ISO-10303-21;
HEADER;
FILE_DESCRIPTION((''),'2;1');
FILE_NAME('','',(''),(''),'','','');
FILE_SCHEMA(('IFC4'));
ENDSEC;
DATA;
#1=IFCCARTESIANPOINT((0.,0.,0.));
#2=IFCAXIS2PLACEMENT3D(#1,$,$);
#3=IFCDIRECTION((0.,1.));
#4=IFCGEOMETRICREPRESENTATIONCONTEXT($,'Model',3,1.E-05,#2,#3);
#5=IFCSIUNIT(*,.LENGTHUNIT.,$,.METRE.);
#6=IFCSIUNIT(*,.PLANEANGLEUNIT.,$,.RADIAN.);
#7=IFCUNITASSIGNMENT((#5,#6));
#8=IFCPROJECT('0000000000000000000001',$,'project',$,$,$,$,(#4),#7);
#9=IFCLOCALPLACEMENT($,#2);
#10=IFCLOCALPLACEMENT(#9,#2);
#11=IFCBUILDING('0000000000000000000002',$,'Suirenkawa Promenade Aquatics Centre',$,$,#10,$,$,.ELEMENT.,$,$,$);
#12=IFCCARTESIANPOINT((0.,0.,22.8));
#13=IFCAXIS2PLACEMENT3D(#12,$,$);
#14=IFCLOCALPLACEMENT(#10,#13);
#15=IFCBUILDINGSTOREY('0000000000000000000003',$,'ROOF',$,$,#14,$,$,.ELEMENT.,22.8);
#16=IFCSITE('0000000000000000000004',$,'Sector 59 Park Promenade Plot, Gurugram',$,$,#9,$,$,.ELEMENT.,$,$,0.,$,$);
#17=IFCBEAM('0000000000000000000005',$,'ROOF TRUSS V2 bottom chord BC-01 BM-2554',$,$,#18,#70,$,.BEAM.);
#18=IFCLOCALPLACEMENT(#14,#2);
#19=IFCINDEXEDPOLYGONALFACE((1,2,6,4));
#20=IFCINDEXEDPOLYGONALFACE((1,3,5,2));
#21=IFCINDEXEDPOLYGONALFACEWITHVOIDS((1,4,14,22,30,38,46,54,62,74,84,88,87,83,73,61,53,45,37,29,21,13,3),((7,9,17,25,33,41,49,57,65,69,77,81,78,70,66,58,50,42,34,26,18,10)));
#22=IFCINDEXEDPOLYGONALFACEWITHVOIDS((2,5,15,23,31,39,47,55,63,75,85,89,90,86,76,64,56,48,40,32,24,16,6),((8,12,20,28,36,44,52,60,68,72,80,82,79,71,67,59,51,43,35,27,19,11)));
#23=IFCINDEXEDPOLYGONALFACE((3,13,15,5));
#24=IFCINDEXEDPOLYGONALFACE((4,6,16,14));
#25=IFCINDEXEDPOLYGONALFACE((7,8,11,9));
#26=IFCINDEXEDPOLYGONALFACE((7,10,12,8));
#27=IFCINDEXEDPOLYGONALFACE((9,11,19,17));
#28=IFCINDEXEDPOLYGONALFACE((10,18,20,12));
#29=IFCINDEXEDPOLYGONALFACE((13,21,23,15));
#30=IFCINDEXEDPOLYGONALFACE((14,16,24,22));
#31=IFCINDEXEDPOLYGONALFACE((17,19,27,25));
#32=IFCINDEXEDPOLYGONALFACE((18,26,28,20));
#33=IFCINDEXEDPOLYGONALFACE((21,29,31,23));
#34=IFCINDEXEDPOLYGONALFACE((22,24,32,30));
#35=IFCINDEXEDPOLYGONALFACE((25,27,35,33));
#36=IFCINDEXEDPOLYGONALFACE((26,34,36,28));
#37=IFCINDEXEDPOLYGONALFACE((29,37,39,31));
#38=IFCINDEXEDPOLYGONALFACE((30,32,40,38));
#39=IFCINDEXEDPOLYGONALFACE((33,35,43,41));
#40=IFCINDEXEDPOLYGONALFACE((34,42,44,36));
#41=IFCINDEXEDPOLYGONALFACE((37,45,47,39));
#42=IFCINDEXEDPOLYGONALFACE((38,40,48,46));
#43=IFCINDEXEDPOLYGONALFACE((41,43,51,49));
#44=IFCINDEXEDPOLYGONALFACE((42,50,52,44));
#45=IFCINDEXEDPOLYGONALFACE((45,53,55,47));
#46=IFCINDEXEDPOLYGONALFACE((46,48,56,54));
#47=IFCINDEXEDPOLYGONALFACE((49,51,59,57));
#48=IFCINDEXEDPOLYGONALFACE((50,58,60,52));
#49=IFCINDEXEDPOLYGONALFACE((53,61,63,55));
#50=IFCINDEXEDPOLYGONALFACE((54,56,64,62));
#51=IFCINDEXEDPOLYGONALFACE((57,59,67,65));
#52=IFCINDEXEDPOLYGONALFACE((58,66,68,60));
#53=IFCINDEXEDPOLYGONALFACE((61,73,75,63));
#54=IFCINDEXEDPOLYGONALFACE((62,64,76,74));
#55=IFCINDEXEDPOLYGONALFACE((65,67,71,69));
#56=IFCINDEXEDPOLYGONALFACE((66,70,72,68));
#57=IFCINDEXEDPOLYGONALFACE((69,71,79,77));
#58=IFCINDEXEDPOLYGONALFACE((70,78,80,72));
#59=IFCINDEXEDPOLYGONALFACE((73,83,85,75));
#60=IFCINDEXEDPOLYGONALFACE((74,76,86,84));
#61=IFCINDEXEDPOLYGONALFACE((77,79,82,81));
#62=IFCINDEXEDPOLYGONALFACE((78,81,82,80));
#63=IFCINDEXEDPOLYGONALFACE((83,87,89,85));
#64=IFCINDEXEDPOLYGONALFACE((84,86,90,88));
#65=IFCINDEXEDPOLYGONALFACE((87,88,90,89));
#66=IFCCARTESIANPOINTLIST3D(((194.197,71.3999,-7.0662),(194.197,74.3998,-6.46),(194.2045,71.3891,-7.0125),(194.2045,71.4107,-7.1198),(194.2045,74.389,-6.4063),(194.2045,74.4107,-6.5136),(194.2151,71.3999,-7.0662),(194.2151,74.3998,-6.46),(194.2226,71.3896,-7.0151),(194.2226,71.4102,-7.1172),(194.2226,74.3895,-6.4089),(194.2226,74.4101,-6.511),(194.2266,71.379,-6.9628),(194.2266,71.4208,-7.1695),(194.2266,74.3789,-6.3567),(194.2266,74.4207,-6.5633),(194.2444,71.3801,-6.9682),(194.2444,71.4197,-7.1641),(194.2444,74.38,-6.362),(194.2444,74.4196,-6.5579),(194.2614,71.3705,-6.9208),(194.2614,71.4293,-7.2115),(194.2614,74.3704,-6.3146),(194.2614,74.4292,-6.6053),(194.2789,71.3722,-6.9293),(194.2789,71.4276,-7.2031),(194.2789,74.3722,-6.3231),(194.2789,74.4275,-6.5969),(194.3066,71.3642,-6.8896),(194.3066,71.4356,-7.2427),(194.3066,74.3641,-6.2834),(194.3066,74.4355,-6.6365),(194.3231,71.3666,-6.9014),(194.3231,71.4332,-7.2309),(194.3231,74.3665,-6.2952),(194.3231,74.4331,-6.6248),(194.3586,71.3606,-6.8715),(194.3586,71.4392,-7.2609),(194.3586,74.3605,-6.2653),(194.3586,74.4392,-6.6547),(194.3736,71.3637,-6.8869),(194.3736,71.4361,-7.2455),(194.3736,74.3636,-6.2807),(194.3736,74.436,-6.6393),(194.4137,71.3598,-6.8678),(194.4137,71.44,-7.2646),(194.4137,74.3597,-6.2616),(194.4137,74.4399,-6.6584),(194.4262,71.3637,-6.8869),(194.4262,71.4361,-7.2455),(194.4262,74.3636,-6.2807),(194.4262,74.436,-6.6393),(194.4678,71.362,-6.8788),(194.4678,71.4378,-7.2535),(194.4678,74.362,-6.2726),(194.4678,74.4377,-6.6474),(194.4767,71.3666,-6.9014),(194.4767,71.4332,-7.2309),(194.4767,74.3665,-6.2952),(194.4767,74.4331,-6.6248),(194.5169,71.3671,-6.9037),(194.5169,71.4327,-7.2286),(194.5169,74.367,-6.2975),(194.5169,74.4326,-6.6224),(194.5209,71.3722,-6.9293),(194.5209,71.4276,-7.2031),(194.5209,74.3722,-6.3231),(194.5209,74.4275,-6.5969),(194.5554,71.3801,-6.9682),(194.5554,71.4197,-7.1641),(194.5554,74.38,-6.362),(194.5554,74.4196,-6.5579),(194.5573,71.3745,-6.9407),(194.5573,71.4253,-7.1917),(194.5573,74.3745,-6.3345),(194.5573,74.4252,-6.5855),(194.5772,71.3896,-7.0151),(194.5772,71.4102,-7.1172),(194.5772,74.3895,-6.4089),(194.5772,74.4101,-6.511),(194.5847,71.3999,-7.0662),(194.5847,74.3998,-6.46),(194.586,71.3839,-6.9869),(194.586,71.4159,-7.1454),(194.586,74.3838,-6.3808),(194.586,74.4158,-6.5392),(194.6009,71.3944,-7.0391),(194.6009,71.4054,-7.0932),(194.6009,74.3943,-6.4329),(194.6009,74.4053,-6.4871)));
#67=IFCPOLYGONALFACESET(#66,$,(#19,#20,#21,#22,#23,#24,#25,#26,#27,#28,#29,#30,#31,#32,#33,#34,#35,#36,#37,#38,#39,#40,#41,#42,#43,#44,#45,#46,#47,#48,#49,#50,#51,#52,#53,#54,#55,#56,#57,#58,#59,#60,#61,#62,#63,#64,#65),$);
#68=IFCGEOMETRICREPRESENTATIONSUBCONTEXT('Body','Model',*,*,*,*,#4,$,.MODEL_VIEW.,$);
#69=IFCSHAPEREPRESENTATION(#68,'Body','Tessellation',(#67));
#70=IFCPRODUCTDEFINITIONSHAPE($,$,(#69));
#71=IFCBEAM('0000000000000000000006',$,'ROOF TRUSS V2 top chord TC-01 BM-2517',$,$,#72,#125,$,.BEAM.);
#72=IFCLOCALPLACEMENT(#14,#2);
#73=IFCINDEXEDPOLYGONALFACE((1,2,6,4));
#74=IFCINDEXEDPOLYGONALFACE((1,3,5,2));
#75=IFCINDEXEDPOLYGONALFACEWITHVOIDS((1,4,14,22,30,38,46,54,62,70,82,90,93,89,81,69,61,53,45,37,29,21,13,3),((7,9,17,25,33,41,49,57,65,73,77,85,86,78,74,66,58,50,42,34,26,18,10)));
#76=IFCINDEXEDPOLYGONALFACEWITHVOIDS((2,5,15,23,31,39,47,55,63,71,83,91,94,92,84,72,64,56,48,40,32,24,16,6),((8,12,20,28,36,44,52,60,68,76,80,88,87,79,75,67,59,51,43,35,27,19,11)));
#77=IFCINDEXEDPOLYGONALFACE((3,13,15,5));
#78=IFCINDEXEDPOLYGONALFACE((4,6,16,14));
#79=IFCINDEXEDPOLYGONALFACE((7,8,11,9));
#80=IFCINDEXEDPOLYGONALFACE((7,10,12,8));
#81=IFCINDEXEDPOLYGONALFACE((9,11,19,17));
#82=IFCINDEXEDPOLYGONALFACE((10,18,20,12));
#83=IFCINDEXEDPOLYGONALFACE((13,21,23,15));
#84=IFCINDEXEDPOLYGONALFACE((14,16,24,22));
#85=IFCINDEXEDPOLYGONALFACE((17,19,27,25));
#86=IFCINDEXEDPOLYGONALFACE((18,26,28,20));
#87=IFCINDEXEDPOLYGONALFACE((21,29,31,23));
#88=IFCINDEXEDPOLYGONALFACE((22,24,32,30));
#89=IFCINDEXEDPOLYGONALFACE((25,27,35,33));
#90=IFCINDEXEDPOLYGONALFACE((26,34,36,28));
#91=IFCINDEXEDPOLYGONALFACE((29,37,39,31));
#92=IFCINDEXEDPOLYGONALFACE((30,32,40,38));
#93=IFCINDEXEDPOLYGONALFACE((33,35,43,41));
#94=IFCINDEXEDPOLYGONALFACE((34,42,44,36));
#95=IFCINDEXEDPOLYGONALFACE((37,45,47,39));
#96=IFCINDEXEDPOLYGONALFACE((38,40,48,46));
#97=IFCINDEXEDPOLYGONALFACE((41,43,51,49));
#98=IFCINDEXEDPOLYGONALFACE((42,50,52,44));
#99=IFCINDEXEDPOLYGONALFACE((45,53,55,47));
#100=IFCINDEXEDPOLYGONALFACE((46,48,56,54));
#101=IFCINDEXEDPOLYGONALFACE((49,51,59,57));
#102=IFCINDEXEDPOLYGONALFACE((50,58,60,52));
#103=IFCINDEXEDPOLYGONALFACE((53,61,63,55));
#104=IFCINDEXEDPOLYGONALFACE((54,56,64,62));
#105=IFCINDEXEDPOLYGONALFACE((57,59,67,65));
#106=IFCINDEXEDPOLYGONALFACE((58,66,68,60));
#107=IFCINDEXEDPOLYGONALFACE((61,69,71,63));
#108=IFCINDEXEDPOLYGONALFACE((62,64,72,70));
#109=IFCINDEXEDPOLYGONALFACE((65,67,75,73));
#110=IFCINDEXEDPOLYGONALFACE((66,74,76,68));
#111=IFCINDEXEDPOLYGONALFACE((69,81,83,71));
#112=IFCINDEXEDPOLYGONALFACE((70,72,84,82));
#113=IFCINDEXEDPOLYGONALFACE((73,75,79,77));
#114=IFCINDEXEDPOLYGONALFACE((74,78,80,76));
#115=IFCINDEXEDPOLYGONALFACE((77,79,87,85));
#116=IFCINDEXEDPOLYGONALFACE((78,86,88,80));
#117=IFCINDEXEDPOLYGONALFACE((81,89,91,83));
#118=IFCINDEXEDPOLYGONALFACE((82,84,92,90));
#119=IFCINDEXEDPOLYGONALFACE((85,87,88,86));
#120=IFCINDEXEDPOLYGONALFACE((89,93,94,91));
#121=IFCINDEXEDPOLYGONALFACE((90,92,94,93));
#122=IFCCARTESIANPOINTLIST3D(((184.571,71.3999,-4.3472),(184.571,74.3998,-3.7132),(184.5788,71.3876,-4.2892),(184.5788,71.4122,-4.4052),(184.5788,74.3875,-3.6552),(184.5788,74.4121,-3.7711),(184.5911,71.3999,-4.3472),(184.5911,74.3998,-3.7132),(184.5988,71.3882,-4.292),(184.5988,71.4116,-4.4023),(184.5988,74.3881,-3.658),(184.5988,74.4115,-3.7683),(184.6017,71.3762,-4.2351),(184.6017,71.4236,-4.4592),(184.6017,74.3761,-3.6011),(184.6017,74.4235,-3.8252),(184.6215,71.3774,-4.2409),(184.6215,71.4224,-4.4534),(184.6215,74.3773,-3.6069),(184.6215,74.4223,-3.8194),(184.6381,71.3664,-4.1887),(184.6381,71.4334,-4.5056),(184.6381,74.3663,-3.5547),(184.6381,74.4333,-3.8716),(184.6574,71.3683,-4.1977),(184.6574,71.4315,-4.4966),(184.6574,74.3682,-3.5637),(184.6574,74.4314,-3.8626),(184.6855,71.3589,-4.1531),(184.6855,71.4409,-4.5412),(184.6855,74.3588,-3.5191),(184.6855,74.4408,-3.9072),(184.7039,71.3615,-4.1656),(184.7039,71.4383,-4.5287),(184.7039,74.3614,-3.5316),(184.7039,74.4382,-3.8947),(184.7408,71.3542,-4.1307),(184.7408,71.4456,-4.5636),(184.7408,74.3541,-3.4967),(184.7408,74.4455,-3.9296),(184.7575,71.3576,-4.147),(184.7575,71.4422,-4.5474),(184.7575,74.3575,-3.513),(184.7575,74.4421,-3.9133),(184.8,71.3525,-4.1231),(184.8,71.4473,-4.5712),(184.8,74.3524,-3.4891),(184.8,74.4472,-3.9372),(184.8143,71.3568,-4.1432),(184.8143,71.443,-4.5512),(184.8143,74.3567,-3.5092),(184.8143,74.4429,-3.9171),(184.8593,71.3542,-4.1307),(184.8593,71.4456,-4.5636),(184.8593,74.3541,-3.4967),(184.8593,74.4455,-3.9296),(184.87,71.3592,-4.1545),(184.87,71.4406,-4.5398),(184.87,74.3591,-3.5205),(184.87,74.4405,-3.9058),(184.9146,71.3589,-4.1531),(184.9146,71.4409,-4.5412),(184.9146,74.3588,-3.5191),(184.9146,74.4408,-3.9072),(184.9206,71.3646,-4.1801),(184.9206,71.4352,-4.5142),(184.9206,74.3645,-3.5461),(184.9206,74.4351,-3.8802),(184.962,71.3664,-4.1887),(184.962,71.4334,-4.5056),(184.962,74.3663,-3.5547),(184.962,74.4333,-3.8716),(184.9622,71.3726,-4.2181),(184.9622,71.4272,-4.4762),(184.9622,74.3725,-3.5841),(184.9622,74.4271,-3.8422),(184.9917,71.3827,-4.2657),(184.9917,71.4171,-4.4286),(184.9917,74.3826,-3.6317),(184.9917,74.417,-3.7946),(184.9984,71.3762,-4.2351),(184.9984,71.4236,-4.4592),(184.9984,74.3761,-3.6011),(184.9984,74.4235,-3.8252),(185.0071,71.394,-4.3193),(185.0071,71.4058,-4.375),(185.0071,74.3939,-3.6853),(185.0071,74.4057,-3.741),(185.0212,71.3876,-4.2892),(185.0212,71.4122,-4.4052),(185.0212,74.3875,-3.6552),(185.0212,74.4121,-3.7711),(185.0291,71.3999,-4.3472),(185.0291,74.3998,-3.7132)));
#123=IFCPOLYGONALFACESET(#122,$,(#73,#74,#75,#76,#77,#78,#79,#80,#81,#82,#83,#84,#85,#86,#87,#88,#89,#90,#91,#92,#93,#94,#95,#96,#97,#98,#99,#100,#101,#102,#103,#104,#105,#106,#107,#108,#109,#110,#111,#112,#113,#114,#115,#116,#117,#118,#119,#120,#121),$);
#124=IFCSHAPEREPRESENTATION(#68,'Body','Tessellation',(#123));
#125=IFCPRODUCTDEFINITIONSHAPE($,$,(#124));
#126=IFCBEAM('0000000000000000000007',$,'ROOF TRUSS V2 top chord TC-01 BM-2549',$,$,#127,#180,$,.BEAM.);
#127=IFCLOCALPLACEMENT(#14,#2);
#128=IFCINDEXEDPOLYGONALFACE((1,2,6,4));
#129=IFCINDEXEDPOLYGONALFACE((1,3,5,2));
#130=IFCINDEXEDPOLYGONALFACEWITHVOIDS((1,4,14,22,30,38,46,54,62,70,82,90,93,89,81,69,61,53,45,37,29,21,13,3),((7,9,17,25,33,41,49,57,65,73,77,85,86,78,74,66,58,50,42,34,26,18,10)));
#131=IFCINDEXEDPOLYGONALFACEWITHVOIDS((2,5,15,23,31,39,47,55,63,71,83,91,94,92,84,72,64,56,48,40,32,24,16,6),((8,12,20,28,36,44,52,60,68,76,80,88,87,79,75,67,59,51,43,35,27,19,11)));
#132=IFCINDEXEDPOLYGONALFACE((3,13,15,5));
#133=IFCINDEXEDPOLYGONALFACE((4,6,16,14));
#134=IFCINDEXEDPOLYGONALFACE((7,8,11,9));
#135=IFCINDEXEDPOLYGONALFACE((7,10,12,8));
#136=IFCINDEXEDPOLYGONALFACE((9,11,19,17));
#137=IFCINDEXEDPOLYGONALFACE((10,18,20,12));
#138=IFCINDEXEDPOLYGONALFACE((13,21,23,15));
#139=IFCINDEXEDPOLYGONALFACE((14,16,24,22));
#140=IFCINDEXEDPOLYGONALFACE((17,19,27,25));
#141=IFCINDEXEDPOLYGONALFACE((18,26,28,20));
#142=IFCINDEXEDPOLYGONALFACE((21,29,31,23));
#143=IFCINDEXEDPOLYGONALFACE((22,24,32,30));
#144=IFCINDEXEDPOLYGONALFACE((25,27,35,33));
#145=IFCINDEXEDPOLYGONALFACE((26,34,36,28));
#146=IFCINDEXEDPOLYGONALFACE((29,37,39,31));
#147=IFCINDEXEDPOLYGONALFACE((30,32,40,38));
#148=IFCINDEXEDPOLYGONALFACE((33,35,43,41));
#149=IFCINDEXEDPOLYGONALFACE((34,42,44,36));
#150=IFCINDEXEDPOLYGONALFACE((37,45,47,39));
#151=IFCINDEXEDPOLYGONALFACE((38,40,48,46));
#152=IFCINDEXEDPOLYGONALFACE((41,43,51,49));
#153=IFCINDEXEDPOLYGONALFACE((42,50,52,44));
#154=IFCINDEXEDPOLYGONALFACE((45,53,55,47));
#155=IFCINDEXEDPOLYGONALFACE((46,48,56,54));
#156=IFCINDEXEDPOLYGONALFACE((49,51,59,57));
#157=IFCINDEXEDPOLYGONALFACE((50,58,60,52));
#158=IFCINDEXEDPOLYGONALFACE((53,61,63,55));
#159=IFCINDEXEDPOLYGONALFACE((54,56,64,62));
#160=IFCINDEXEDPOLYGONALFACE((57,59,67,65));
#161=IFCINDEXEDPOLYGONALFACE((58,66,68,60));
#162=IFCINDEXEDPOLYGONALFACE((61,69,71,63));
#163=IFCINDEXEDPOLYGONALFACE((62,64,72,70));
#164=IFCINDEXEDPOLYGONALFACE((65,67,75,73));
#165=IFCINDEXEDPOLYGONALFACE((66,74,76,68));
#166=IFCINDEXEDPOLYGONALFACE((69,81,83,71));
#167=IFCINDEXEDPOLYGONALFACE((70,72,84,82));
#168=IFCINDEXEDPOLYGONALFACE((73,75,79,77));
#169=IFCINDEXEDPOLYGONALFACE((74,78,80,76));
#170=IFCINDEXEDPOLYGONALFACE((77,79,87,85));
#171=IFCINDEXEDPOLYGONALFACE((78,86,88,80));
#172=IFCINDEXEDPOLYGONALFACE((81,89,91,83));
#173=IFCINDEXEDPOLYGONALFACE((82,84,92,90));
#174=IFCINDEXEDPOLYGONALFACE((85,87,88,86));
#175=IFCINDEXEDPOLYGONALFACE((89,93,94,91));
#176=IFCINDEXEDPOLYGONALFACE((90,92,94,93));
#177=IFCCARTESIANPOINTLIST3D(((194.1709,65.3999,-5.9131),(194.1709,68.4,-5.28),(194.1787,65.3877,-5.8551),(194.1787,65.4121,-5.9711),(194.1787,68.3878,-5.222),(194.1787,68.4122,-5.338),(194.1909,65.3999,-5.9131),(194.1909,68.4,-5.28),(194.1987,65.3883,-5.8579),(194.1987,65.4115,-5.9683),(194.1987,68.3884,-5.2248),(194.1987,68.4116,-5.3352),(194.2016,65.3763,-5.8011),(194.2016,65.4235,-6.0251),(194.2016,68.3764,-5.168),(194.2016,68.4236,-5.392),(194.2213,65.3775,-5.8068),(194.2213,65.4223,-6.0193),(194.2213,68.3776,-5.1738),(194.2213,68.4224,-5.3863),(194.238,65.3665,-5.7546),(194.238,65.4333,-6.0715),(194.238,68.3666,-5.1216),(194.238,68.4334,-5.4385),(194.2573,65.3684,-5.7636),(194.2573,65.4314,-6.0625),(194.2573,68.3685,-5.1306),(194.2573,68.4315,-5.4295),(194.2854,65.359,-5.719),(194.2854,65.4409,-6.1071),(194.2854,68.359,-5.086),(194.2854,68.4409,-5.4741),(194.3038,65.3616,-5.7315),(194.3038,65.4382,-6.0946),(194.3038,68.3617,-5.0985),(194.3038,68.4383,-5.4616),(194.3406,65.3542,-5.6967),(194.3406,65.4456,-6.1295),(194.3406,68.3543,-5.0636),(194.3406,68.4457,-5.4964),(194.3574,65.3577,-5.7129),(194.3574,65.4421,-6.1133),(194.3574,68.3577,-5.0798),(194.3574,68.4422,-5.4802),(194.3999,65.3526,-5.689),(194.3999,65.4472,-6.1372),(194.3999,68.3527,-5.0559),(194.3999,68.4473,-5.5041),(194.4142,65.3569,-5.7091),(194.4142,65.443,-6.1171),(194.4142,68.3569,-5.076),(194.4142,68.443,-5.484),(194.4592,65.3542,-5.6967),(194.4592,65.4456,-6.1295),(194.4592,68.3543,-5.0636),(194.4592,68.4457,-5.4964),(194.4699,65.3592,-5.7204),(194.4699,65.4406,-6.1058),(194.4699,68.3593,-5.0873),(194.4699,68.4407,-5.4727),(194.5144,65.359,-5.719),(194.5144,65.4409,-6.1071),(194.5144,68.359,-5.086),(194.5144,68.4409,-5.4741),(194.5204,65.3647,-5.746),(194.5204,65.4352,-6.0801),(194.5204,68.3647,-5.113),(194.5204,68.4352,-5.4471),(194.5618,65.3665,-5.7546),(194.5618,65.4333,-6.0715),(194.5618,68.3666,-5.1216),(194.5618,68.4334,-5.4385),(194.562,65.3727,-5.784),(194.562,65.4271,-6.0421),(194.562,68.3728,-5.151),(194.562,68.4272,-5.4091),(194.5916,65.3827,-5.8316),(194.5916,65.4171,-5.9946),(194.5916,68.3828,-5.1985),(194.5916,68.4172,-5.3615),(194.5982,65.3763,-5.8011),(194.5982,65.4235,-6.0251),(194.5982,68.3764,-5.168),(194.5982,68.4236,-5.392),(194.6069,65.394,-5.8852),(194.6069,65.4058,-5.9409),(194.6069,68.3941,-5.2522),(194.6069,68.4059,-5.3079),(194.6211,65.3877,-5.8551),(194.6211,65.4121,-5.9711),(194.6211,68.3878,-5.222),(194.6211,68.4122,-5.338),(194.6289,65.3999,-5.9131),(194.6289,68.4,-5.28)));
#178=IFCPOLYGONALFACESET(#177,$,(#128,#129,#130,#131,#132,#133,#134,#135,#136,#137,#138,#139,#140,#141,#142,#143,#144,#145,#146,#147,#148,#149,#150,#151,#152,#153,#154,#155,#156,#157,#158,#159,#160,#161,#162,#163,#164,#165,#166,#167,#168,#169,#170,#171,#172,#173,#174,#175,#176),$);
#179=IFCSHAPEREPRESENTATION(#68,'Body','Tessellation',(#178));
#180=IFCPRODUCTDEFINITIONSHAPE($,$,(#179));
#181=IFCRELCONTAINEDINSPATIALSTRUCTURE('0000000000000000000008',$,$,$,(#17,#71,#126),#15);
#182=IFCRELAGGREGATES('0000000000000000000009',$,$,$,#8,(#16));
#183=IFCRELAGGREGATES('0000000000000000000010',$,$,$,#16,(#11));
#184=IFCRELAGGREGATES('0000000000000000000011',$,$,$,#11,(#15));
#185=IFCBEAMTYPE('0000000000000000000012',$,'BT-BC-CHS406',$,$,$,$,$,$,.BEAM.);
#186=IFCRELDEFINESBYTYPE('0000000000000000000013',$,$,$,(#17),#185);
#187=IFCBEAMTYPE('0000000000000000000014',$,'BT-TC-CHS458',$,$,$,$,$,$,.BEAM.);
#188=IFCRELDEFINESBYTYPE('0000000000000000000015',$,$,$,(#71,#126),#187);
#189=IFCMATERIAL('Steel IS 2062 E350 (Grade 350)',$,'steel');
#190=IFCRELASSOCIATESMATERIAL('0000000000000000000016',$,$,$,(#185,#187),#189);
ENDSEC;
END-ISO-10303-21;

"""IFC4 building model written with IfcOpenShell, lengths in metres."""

from ifc_helpers import new_model, si_unit, direction, frame, origin, origin_2d, place, context, subcontext, project, spatial, hollow_circle, extrude, material, material_profile, profile_set, type_object, element, save


model = new_model("IFC4")

# Units and contexts
model_context = context("Model", 3, precision=1e-05, world=origin(), true_north=direction((0.0, 1.0)))
body_context = subcontext(model_context, "Body", "Model", "MODEL_VIEW")
ifc_project = project(units=[si_unit("LENGTHUNIT", "METRE"), si_unit("PLANEANGLEUNIT", "RADIAN")], contexts=[model_context])

# Site, building, storey
site_placement = place(None, origin())
site = spatial("IfcSite", under=ifc_project, at=site_placement, Name="Sector 59 Park Promenade Plot, Gurugram", CompositionType="ELEMENT", RefElevation=0.0)
building_placement = place(site_placement, origin())
building = spatial("IfcBuilding", under=site, at=building_placement, Name="Suirenkawa Promenade Aquatics Centre", CompositionType="ELEMENT")
storey_placement = place(building_placement, frame((0.0, 0.0, 22.8)))
storey = spatial("IfcBuildingStorey", under=building, at=storey_placement, Name="ROOF", CompositionType="ELEMENT", Elevation=22.8)

# Beams
ifc_material = material(Name="Steel IS 2062 E350 (Grade 350)", Category="steel")
ifc_material_profile_1 = material_profile(ifc_material, hollow_circle(Radius=0.2029, WallThickness=0.0181, at=origin_2d()), Name="CHS 406x18", Category="steel")
ifc_profile_set_1 = profile_set([ifc_material_profile_1], Name="Steel IS 2062 E350 (Grade 350)")
beam_type_1 = type_object("IfcBeamType", Name="BT-BC-CHS406", PredefinedType="BEAM", material=ifc_profile_set_1)
beam_1_placement = place(storey_placement, frame((194.3999, 71.3999, -7.0662), z_axis=(0.0, 0.980189, 0.198064), x_axis=(-1.0, 0.0, 0.0)))
element("IfcBeam", 1, at=beam_1_placement, inside=storey, type_object=beam_type_1, Name="ROOF TRUSS V2 bottom chord BC-01 BM-2554", PredefinedType="BEAM", context=body_context, shape_type="SweptSolid", body=[
    extrude(hollow_circle(Radius=0.2029, WallThickness=0.0181, at=origin_2d()), origin(), (0.0, 0.0, 1.0), 3.0605),
])
ifc_material_profile_2 = material_profile(ifc_material, hollow_circle(Radius=0.229, WallThickness=0.02, at=origin_2d()), Name="CHS 458x20", Category="steel")
ifc_profile_set_2 = profile_set([ifc_material_profile_2], Name="Steel IS 2062 E350 (Grade 350)")
beam_type_2 = type_object("IfcBeamType", Name="BT-TC-CHS458", PredefinedType="BEAM", material=ifc_profile_set_2)
for number, where, z_axis, x_axis, name in (
    (2, (184.8, 71.3999, -4.3472), (0.0, 0.978388, 0.206777), (-1.0, 0.0, 0.0), "ROOF TRUSS V2 top chord TC-01 BM-2517"),
    (3, (194.3999, 65.3999, -5.9131), (0.0, 0.978453, 0.206472), (-1.0, 0.0, 0.0), "ROOF TRUSS V2 top chord TC-01 BM-2549"),
):
    element("IfcBeam", number, at=place(storey_placement, frame(where, z_axis=z_axis, x_axis=x_axis)), inside=storey, type_object=beam_type_2, Name=name, PredefinedType="BEAM", context=body_context, shape_type="SweptSolid", body=[
        extrude(hollow_circle(Radius=0.229, WallThickness=0.02, at=origin_2d()), origin(), (0.0, 0.0, 1.0), 3.0662),
    ])

save(model, "model.ifc")
